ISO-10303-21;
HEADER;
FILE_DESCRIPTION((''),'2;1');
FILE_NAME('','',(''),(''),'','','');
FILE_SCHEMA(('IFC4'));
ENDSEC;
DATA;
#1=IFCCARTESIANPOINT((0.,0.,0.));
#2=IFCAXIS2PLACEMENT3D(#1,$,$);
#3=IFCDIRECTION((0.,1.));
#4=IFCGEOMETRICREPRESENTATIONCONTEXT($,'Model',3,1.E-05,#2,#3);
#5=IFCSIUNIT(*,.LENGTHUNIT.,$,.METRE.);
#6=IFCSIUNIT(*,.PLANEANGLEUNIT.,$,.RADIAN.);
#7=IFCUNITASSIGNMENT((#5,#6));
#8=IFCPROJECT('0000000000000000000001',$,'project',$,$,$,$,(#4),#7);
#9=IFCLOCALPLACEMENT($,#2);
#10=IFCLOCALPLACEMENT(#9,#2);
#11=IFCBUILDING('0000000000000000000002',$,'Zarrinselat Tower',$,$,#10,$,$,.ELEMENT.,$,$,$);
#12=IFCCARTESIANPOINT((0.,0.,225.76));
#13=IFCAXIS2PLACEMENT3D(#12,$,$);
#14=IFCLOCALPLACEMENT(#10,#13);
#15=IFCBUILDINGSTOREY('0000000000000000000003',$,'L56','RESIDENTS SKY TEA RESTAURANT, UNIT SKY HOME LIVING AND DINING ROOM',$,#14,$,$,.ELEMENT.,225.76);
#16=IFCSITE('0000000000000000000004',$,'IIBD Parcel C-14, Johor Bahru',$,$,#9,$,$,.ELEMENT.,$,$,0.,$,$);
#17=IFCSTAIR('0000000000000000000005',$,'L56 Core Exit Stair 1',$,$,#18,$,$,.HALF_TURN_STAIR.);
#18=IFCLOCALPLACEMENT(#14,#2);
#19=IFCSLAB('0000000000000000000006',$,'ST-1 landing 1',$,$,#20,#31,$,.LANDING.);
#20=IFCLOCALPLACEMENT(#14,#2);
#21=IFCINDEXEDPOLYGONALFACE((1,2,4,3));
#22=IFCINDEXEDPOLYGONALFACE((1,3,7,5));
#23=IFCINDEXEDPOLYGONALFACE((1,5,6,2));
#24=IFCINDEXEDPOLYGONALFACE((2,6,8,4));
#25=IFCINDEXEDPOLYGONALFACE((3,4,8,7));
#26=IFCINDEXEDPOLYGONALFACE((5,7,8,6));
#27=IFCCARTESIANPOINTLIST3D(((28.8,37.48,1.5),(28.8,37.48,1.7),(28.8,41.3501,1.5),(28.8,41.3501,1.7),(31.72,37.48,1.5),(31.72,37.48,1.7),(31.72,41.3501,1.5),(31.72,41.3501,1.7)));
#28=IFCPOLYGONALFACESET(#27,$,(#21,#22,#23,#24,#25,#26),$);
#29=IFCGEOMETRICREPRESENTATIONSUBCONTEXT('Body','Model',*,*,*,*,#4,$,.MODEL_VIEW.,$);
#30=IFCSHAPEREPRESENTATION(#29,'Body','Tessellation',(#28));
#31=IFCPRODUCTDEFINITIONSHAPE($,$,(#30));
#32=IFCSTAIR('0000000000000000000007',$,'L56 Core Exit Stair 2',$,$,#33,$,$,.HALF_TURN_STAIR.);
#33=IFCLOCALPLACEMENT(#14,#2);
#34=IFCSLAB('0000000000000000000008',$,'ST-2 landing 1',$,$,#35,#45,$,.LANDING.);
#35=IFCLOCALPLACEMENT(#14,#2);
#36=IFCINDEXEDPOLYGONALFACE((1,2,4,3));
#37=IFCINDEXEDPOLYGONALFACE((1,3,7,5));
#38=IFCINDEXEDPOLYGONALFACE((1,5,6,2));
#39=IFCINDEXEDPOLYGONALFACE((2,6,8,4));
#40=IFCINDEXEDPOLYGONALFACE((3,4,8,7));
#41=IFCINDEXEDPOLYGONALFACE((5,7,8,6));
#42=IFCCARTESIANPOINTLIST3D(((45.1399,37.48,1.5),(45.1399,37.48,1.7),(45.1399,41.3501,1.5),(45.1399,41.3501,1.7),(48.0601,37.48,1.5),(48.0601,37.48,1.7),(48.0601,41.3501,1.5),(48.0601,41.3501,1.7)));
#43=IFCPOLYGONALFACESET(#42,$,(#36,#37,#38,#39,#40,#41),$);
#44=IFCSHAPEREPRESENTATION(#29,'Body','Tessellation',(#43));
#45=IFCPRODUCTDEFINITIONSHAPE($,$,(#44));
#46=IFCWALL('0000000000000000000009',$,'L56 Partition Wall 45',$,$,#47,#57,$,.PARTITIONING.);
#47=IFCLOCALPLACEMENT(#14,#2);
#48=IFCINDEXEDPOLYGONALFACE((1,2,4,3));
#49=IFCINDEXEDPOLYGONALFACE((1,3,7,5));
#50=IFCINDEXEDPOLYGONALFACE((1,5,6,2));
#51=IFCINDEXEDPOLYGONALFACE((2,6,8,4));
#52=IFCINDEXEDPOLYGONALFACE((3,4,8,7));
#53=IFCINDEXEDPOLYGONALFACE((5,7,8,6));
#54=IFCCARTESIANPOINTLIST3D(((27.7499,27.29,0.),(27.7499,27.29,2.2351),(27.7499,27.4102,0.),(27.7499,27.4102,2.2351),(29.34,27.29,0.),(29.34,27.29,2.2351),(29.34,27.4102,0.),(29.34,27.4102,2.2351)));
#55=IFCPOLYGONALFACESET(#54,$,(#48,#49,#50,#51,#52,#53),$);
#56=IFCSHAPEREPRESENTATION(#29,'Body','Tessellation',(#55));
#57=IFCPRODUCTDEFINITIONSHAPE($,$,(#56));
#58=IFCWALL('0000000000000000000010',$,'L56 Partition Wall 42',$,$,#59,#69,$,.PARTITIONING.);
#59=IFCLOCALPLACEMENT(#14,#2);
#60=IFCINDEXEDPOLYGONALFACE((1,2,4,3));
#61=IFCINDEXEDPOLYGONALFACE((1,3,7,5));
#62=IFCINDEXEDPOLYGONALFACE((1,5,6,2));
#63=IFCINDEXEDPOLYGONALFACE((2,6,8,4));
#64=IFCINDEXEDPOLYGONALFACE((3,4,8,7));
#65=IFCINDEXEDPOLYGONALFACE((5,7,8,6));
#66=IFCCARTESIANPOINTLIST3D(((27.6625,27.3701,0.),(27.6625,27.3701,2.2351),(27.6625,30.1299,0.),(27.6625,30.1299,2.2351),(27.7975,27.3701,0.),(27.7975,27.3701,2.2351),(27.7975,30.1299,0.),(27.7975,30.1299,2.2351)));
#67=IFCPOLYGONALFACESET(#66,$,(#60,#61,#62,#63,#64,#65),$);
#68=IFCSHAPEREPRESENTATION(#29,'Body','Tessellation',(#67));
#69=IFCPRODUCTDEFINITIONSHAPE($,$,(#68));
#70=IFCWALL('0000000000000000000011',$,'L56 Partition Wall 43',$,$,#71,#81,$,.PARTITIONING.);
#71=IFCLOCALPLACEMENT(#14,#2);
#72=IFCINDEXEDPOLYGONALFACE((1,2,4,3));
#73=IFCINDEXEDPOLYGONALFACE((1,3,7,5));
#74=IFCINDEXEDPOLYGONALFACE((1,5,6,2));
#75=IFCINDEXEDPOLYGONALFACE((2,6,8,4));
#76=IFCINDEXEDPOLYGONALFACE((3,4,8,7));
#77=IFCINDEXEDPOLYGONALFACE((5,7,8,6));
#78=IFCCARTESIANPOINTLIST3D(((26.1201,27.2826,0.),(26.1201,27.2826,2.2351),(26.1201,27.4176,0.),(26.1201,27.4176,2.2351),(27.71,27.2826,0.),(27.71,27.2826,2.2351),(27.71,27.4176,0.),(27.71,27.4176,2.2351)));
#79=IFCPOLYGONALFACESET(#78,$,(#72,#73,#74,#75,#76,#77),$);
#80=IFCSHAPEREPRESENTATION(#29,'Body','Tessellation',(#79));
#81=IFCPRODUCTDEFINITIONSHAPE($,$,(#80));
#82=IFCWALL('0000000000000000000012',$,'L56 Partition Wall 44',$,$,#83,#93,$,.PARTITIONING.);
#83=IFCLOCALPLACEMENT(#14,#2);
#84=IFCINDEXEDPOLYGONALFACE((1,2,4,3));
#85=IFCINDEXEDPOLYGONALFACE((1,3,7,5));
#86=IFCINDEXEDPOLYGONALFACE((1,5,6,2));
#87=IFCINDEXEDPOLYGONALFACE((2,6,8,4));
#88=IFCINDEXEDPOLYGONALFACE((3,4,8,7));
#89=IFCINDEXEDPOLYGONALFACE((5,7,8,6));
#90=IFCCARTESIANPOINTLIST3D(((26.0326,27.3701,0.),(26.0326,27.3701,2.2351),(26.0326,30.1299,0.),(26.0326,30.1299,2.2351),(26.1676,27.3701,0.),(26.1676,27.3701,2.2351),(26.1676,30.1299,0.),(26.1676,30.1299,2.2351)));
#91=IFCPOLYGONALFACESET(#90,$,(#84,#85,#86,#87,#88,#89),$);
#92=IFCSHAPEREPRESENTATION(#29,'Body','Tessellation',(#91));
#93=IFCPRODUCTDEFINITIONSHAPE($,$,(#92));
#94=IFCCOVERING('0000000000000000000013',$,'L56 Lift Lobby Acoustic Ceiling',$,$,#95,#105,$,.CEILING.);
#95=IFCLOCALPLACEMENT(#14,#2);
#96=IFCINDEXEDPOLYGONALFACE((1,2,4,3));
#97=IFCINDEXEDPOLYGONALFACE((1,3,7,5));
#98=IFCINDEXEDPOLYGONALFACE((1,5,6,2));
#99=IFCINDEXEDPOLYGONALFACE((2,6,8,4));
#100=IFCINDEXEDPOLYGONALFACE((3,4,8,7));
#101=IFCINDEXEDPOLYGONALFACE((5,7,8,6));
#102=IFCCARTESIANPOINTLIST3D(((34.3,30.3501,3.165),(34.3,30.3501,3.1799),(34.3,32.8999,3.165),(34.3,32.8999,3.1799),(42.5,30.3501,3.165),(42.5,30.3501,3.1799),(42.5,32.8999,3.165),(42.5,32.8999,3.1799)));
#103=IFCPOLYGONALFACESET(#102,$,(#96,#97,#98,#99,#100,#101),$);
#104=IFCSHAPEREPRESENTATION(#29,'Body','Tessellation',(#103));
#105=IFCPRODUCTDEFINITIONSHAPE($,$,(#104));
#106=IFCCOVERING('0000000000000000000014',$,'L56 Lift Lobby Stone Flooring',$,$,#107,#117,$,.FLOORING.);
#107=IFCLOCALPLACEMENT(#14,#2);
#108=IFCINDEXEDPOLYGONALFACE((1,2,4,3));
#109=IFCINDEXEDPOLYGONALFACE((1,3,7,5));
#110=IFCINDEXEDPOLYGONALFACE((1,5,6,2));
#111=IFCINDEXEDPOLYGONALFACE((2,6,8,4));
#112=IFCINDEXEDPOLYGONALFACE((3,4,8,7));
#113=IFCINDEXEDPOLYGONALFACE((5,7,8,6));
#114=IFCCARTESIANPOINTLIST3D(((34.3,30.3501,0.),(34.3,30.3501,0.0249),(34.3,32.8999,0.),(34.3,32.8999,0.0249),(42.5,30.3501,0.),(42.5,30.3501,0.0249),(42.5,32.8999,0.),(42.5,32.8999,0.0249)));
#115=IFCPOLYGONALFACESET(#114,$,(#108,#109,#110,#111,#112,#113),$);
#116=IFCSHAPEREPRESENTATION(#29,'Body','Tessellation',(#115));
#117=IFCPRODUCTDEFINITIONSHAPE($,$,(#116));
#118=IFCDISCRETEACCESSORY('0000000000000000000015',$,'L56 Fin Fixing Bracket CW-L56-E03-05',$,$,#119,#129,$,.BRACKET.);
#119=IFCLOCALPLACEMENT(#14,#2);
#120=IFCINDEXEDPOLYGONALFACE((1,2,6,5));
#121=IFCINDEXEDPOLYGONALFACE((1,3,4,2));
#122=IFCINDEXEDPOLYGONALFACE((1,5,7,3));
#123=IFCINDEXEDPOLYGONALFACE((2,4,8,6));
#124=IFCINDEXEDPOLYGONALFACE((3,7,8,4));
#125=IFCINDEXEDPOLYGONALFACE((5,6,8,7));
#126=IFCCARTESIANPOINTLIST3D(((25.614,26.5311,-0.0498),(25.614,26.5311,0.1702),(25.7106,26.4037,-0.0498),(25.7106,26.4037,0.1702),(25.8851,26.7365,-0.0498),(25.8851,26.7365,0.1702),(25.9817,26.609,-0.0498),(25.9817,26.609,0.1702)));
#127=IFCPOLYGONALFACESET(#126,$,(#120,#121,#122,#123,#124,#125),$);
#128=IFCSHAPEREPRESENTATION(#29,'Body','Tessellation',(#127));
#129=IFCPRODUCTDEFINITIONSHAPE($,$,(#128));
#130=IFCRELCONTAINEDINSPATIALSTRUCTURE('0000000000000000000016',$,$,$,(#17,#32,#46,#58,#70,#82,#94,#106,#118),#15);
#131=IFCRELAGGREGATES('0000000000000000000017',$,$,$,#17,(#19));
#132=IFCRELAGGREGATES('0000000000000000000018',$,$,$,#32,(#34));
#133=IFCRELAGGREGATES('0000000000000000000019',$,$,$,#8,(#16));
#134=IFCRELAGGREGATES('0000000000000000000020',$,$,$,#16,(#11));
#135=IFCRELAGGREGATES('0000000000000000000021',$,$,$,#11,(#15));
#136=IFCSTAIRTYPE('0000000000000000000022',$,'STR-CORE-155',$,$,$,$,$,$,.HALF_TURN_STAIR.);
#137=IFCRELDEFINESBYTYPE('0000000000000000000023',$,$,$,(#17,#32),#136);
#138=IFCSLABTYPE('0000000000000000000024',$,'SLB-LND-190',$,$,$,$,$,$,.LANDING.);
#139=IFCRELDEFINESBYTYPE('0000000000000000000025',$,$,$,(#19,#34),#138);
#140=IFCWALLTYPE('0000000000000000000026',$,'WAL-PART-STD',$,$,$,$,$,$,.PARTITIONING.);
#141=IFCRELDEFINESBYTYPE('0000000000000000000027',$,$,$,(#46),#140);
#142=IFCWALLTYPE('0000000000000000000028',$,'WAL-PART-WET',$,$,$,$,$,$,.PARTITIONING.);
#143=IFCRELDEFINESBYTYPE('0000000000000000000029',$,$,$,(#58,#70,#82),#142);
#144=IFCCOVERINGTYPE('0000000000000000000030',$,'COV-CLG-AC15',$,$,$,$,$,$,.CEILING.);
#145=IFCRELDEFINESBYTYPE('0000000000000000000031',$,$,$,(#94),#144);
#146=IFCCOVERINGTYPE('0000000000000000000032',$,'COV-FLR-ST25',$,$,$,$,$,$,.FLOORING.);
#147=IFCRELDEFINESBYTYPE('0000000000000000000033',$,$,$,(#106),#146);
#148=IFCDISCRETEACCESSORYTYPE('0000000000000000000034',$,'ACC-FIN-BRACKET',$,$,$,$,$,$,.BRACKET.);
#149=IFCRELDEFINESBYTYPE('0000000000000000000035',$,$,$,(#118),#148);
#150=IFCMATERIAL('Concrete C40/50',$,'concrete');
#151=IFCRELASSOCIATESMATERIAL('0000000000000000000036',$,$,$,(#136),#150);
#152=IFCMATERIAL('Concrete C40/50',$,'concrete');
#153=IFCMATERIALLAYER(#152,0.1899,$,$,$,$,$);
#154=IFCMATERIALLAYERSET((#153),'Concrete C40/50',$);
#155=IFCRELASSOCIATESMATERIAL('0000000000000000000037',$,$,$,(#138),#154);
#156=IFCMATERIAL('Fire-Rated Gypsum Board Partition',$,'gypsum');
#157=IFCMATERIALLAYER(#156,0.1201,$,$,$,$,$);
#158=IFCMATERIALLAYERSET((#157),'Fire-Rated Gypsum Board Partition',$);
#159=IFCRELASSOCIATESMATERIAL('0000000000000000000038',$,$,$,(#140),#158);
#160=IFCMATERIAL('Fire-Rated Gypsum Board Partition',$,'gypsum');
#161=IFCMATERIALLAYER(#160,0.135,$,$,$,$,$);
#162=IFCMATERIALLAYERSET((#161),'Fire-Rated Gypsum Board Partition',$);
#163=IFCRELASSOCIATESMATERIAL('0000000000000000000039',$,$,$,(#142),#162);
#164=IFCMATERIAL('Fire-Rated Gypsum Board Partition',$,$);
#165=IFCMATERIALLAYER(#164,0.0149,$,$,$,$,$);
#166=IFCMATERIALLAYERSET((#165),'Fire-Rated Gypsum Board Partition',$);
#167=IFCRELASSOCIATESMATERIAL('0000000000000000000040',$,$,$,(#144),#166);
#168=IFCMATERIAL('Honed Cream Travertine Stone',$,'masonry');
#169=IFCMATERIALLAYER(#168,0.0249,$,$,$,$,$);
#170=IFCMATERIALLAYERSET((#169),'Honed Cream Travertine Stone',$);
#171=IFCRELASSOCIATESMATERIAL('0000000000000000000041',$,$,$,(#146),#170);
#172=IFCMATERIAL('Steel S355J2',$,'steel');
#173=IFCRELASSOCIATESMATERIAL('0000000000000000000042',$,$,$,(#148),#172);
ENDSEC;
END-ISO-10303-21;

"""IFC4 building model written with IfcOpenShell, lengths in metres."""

from ifc_helpers import new_model, si_unit, direction, frame, frame_2d, origin, origin_2d, place, context, subcontext, project, spatial, polyline, rectangle, outline, extrude, material, layer, layer_set, type_object, element, aggregate, save


model = new_model("IFC4")

# Units and contexts
model_context = context("Model", 3, precision=1e-05, world=origin(), true_north=direction((0.0, 1.0)))
body_context = subcontext(model_context, "Body", "Model", "MODEL_VIEW")
ifc_project = project(units=[si_unit("LENGTHUNIT", "METRE"), si_unit("PLANEANGLEUNIT", "RADIAN")], contexts=[model_context])

# Site, building, storey
site_placement = place(None, origin())
site = spatial("IfcSite", under=ifc_project, at=site_placement, Name="IIBD Parcel C-14, Johor Bahru", CompositionType="ELEMENT", RefElevation=0.0)
building_placement = place(site_placement, origin())
building = spatial("IfcBuilding", under=site, at=building_placement, Name="Zarrinselat Tower", CompositionType="ELEMENT")
storey_placement = place(building_placement, frame((0.0, 0.0, 225.76)))
storey = spatial("IfcBuildingStorey", under=building, at=storey_placement, Name="L56", Description="RESIDENTS SKY TEA RESTAURANT, UNIT SKY HOME LIVING AND DINING ROOM", CompositionType="ELEMENT", Elevation=225.76)

# Stairs, slabs
ifc_material_1 = material(Name="Concrete C40/50", Category="concrete")
stair_type = type_object("IfcStairType", Name="STR-CORE-155", PredefinedType="HALF_TURN_STAIR", material=ifc_material_1)
stair_1_placement = place(storey_placement, origin())
stair_1 = element("IfcStair", 1, at=stair_1_placement, inside=storey, type_object=stair_type, Name="L56 Core Exit Stair 1", PredefinedType="HALF_TURN_STAIR")
ifc_material_2 = material(Name="Concrete C40/50", Category="concrete")
ifc_layer_1 = layer(ifc_material_2, 0.1899)
ifc_layer_set_1 = layer_set([ifc_layer_1], Name="Concrete C40/50")
slab_type_1 = type_object("IfcSlabType", Name="SLB-LND-190", PredefinedType="LANDING", material=ifc_layer_set_1)
slab_1_placement = place(storey_placement, frame((0.0, 0.0, 1.5)))
slab_1 = element("IfcSlab", 2, at=slab_1_placement, type_object=slab_type_1, Name="ST-1 landing 1", PredefinedType="LANDING", context=body_context, shape_type="SweptSolid", body=[
    extrude(outline(polyline([(31.72, 37.48), (31.72, 41.3501), (28.8, 41.3501), (28.8, 37.48), (31.72, 37.48)])), origin(), (0.0, 0.0, 1.0), 0.2),
])
aggregate(stair_1, [slab_1])
stair_2_placement = place(storey_placement, origin())
stair_2 = element("IfcStair", 3, at=stair_2_placement, inside=storey, type_object=stair_type, Name="L56 Core Exit Stair 2", PredefinedType="HALF_TURN_STAIR")
slab_2_placement = place(storey_placement, frame((0.0, 0.0, 1.5)))
slab_2 = element("IfcSlab", 4, at=slab_2_placement, type_object=slab_type_1, Name="ST-2 landing 1", PredefinedType="LANDING", context=body_context, shape_type="SweptSolid", body=[
    extrude(outline(polyline([(48.0601, 37.48), (48.0601, 41.3501), (45.1399, 41.3501), (45.1399, 37.48), (48.0601, 37.48)])), origin(), (0.0, 0.0, 1.0), 0.2),
])
aggregate(stair_2, [slab_2])

# Walls
ifc_material_3 = material(Name="Fire-Rated Gypsum Board Partition", Category="gypsum")
ifc_layer_2 = layer(ifc_material_3, 0.1201)
ifc_layer_set_2 = layer_set([ifc_layer_2], Name="Fire-Rated Gypsum Board Partition")
wall_type_1 = type_object("IfcWallType", Name="WAL-PART-STD", PredefinedType="PARTITIONING", material=ifc_layer_set_2)
wall_1_placement = place(storey_placement, frame((27.75, 27.3501, 0.0), z_axis=(0.0, 0.0, 1.0), x_axis=(1.0, 0.0, 0.0)))
element("IfcWall", 5, at=wall_1_placement, inside=storey, type_object=wall_type_1, Name="L56 Partition Wall 45", PredefinedType="PARTITIONING", context=body_context, shape_type="SweptSolid", body=[
    extrude(rectangle(XDim=1.5901, YDim=0.1201, at=frame_2d((0.7949, 0.0))), origin(), (0.0, 0.0, 1.0), 2.2351),
])
ifc_material_4 = material(Name="Fire-Rated Gypsum Board Partition", Category="gypsum")
ifc_layer_3 = layer(ifc_material_4, 0.135)
ifc_layer_set_3 = layer_set([ifc_layer_3], Name="Fire-Rated Gypsum Board Partition")
wall_type_2 = type_object("IfcWallType", Name="WAL-PART-WET", PredefinedType="PARTITIONING", material=ifc_layer_set_3)
wall_2_placement = place(storey_placement, frame((27.73, 27.3701, 0.0), z_axis=(0.0, 0.0, 1.0), x_axis=(0.0, 1.0, 0.0)))
element("IfcWall", 6, at=wall_2_placement, inside=storey, type_object=wall_type_2, Name="L56 Partition Wall 42", PredefinedType="PARTITIONING", context=body_context, shape_type="SweptSolid", body=[
    extrude(rectangle(XDim=2.7598, YDim=0.135, at=frame_2d((1.3799, 0.0))), origin(), (0.0, 0.0, 1.0), 2.2351),
])
wall_3_placement = place(storey_placement, frame((26.1201, 27.3501, 0.0), z_axis=(0.0, 0.0, 1.0), x_axis=(1.0, 0.0, 0.0)))
element("IfcWall", 7, at=wall_3_placement, inside=storey, type_object=wall_type_2, Name="L56 Partition Wall 43", PredefinedType="PARTITIONING", context=body_context, shape_type="SweptSolid", body=[
    extrude(rectangle(XDim=1.5898, YDim=0.135, at=frame_2d((0.7949, 0.0))), origin(), (0.0, 0.0, 1.0), 2.2351),
])
wall_4_placement = place(storey_placement, frame((26.1001, 27.3701, 0.0), z_axis=(0.0, 0.0, 1.0), x_axis=(0.0, 1.0, 0.0)))
element("IfcWall", 8, at=wall_4_placement, inside=storey, type_object=wall_type_2, Name="L56 Partition Wall 44", PredefinedType="PARTITIONING", context=body_context, shape_type="SweptSolid", body=[
    extrude(rectangle(XDim=2.7598, YDim=0.135, at=frame_2d((1.3799, 0.0))), origin(), (0.0, 0.0, 1.0), 2.2351),
])

# Coverings
ifc_material_5 = material(Name="Fire-Rated Gypsum Board Partition")
ifc_layer_4 = layer(ifc_material_5, 0.0149)
ifc_layer_set_4 = layer_set([ifc_layer_4], Name="Fire-Rated Gypsum Board Partition")
covering_type_1 = type_object("IfcCoveringType", Name="COV-CLG-AC15", PredefinedType="CEILING", material=ifc_layer_set_4)
covering_1_placement = place(storey_placement, frame((0.0, 0.0, 3.165)))
element("IfcCovering", 9, at=covering_1_placement, inside=storey, type_object=covering_type_1, Name="L56 Lift Lobby Acoustic Ceiling", PredefinedType="CEILING", context=body_context, shape_type="SweptSolid", body=[
    extrude(outline(polyline([(34.3, 30.3501), (42.5, 30.3501), (42.5, 32.8999), (34.3, 32.8999), (34.3, 30.3501)])), origin(), (0.0, 0.0, 1.0), 0.0149),
])
ifc_material_6 = material(Name="Honed Cream Travertine Stone", Category="masonry")
ifc_layer_5 = layer(ifc_material_6, 0.0249)
ifc_layer_set_5 = layer_set([ifc_layer_5], Name="Honed Cream Travertine Stone")
covering_type_2 = type_object("IfcCoveringType", Name="COV-FLR-ST25", PredefinedType="FLOORING", material=ifc_layer_set_5)
covering_2_placement = place(storey_placement, origin())
element("IfcCovering", 10, at=covering_2_placement, inside=storey, type_object=covering_type_2, Name="L56 Lift Lobby Stone Flooring", PredefinedType="FLOORING", context=body_context, shape_type="SweptSolid", body=[
    extrude(outline(polyline([(34.3, 30.3501), (42.5, 30.3501), (42.5, 32.8999), (34.3, 32.8999), (34.3, 30.3501)])), origin(), (0.0, 0.0, 1.0), 0.0249),
])

# Discrete accessory
ifc_material_7 = material(Name="Steel S355J2", Category="steel")
discrete_accessory_type = type_object("IfcDiscreteAccessoryType", Name="ACC-FIN-BRACKET", PredefinedType="BRACKET", material=ifc_material_7)
discrete_accessory_placement = place(storey_placement, frame((25.7979, 26.5701, -0.0498), z_axis=(0.0, 0.0, 1.0), x_axis=(-0.797091, -0.60386, 0.0)))
element("IfcDiscreteAccessory", 11, at=discrete_accessory_placement, inside=storey, type_object=discrete_accessory_type, Name="L56 Fin Fixing Bracket CW-L56-E03-05", PredefinedType="BRACKET", context=body_context, shape_type="SweptSolid", body=[
    extrude(rectangle(XDim=0.3401, YDim=0.1599, at=origin_2d()), origin(), (0.0, 0.0, 1.0), 0.22),
])

save(model, "model.ifc")
